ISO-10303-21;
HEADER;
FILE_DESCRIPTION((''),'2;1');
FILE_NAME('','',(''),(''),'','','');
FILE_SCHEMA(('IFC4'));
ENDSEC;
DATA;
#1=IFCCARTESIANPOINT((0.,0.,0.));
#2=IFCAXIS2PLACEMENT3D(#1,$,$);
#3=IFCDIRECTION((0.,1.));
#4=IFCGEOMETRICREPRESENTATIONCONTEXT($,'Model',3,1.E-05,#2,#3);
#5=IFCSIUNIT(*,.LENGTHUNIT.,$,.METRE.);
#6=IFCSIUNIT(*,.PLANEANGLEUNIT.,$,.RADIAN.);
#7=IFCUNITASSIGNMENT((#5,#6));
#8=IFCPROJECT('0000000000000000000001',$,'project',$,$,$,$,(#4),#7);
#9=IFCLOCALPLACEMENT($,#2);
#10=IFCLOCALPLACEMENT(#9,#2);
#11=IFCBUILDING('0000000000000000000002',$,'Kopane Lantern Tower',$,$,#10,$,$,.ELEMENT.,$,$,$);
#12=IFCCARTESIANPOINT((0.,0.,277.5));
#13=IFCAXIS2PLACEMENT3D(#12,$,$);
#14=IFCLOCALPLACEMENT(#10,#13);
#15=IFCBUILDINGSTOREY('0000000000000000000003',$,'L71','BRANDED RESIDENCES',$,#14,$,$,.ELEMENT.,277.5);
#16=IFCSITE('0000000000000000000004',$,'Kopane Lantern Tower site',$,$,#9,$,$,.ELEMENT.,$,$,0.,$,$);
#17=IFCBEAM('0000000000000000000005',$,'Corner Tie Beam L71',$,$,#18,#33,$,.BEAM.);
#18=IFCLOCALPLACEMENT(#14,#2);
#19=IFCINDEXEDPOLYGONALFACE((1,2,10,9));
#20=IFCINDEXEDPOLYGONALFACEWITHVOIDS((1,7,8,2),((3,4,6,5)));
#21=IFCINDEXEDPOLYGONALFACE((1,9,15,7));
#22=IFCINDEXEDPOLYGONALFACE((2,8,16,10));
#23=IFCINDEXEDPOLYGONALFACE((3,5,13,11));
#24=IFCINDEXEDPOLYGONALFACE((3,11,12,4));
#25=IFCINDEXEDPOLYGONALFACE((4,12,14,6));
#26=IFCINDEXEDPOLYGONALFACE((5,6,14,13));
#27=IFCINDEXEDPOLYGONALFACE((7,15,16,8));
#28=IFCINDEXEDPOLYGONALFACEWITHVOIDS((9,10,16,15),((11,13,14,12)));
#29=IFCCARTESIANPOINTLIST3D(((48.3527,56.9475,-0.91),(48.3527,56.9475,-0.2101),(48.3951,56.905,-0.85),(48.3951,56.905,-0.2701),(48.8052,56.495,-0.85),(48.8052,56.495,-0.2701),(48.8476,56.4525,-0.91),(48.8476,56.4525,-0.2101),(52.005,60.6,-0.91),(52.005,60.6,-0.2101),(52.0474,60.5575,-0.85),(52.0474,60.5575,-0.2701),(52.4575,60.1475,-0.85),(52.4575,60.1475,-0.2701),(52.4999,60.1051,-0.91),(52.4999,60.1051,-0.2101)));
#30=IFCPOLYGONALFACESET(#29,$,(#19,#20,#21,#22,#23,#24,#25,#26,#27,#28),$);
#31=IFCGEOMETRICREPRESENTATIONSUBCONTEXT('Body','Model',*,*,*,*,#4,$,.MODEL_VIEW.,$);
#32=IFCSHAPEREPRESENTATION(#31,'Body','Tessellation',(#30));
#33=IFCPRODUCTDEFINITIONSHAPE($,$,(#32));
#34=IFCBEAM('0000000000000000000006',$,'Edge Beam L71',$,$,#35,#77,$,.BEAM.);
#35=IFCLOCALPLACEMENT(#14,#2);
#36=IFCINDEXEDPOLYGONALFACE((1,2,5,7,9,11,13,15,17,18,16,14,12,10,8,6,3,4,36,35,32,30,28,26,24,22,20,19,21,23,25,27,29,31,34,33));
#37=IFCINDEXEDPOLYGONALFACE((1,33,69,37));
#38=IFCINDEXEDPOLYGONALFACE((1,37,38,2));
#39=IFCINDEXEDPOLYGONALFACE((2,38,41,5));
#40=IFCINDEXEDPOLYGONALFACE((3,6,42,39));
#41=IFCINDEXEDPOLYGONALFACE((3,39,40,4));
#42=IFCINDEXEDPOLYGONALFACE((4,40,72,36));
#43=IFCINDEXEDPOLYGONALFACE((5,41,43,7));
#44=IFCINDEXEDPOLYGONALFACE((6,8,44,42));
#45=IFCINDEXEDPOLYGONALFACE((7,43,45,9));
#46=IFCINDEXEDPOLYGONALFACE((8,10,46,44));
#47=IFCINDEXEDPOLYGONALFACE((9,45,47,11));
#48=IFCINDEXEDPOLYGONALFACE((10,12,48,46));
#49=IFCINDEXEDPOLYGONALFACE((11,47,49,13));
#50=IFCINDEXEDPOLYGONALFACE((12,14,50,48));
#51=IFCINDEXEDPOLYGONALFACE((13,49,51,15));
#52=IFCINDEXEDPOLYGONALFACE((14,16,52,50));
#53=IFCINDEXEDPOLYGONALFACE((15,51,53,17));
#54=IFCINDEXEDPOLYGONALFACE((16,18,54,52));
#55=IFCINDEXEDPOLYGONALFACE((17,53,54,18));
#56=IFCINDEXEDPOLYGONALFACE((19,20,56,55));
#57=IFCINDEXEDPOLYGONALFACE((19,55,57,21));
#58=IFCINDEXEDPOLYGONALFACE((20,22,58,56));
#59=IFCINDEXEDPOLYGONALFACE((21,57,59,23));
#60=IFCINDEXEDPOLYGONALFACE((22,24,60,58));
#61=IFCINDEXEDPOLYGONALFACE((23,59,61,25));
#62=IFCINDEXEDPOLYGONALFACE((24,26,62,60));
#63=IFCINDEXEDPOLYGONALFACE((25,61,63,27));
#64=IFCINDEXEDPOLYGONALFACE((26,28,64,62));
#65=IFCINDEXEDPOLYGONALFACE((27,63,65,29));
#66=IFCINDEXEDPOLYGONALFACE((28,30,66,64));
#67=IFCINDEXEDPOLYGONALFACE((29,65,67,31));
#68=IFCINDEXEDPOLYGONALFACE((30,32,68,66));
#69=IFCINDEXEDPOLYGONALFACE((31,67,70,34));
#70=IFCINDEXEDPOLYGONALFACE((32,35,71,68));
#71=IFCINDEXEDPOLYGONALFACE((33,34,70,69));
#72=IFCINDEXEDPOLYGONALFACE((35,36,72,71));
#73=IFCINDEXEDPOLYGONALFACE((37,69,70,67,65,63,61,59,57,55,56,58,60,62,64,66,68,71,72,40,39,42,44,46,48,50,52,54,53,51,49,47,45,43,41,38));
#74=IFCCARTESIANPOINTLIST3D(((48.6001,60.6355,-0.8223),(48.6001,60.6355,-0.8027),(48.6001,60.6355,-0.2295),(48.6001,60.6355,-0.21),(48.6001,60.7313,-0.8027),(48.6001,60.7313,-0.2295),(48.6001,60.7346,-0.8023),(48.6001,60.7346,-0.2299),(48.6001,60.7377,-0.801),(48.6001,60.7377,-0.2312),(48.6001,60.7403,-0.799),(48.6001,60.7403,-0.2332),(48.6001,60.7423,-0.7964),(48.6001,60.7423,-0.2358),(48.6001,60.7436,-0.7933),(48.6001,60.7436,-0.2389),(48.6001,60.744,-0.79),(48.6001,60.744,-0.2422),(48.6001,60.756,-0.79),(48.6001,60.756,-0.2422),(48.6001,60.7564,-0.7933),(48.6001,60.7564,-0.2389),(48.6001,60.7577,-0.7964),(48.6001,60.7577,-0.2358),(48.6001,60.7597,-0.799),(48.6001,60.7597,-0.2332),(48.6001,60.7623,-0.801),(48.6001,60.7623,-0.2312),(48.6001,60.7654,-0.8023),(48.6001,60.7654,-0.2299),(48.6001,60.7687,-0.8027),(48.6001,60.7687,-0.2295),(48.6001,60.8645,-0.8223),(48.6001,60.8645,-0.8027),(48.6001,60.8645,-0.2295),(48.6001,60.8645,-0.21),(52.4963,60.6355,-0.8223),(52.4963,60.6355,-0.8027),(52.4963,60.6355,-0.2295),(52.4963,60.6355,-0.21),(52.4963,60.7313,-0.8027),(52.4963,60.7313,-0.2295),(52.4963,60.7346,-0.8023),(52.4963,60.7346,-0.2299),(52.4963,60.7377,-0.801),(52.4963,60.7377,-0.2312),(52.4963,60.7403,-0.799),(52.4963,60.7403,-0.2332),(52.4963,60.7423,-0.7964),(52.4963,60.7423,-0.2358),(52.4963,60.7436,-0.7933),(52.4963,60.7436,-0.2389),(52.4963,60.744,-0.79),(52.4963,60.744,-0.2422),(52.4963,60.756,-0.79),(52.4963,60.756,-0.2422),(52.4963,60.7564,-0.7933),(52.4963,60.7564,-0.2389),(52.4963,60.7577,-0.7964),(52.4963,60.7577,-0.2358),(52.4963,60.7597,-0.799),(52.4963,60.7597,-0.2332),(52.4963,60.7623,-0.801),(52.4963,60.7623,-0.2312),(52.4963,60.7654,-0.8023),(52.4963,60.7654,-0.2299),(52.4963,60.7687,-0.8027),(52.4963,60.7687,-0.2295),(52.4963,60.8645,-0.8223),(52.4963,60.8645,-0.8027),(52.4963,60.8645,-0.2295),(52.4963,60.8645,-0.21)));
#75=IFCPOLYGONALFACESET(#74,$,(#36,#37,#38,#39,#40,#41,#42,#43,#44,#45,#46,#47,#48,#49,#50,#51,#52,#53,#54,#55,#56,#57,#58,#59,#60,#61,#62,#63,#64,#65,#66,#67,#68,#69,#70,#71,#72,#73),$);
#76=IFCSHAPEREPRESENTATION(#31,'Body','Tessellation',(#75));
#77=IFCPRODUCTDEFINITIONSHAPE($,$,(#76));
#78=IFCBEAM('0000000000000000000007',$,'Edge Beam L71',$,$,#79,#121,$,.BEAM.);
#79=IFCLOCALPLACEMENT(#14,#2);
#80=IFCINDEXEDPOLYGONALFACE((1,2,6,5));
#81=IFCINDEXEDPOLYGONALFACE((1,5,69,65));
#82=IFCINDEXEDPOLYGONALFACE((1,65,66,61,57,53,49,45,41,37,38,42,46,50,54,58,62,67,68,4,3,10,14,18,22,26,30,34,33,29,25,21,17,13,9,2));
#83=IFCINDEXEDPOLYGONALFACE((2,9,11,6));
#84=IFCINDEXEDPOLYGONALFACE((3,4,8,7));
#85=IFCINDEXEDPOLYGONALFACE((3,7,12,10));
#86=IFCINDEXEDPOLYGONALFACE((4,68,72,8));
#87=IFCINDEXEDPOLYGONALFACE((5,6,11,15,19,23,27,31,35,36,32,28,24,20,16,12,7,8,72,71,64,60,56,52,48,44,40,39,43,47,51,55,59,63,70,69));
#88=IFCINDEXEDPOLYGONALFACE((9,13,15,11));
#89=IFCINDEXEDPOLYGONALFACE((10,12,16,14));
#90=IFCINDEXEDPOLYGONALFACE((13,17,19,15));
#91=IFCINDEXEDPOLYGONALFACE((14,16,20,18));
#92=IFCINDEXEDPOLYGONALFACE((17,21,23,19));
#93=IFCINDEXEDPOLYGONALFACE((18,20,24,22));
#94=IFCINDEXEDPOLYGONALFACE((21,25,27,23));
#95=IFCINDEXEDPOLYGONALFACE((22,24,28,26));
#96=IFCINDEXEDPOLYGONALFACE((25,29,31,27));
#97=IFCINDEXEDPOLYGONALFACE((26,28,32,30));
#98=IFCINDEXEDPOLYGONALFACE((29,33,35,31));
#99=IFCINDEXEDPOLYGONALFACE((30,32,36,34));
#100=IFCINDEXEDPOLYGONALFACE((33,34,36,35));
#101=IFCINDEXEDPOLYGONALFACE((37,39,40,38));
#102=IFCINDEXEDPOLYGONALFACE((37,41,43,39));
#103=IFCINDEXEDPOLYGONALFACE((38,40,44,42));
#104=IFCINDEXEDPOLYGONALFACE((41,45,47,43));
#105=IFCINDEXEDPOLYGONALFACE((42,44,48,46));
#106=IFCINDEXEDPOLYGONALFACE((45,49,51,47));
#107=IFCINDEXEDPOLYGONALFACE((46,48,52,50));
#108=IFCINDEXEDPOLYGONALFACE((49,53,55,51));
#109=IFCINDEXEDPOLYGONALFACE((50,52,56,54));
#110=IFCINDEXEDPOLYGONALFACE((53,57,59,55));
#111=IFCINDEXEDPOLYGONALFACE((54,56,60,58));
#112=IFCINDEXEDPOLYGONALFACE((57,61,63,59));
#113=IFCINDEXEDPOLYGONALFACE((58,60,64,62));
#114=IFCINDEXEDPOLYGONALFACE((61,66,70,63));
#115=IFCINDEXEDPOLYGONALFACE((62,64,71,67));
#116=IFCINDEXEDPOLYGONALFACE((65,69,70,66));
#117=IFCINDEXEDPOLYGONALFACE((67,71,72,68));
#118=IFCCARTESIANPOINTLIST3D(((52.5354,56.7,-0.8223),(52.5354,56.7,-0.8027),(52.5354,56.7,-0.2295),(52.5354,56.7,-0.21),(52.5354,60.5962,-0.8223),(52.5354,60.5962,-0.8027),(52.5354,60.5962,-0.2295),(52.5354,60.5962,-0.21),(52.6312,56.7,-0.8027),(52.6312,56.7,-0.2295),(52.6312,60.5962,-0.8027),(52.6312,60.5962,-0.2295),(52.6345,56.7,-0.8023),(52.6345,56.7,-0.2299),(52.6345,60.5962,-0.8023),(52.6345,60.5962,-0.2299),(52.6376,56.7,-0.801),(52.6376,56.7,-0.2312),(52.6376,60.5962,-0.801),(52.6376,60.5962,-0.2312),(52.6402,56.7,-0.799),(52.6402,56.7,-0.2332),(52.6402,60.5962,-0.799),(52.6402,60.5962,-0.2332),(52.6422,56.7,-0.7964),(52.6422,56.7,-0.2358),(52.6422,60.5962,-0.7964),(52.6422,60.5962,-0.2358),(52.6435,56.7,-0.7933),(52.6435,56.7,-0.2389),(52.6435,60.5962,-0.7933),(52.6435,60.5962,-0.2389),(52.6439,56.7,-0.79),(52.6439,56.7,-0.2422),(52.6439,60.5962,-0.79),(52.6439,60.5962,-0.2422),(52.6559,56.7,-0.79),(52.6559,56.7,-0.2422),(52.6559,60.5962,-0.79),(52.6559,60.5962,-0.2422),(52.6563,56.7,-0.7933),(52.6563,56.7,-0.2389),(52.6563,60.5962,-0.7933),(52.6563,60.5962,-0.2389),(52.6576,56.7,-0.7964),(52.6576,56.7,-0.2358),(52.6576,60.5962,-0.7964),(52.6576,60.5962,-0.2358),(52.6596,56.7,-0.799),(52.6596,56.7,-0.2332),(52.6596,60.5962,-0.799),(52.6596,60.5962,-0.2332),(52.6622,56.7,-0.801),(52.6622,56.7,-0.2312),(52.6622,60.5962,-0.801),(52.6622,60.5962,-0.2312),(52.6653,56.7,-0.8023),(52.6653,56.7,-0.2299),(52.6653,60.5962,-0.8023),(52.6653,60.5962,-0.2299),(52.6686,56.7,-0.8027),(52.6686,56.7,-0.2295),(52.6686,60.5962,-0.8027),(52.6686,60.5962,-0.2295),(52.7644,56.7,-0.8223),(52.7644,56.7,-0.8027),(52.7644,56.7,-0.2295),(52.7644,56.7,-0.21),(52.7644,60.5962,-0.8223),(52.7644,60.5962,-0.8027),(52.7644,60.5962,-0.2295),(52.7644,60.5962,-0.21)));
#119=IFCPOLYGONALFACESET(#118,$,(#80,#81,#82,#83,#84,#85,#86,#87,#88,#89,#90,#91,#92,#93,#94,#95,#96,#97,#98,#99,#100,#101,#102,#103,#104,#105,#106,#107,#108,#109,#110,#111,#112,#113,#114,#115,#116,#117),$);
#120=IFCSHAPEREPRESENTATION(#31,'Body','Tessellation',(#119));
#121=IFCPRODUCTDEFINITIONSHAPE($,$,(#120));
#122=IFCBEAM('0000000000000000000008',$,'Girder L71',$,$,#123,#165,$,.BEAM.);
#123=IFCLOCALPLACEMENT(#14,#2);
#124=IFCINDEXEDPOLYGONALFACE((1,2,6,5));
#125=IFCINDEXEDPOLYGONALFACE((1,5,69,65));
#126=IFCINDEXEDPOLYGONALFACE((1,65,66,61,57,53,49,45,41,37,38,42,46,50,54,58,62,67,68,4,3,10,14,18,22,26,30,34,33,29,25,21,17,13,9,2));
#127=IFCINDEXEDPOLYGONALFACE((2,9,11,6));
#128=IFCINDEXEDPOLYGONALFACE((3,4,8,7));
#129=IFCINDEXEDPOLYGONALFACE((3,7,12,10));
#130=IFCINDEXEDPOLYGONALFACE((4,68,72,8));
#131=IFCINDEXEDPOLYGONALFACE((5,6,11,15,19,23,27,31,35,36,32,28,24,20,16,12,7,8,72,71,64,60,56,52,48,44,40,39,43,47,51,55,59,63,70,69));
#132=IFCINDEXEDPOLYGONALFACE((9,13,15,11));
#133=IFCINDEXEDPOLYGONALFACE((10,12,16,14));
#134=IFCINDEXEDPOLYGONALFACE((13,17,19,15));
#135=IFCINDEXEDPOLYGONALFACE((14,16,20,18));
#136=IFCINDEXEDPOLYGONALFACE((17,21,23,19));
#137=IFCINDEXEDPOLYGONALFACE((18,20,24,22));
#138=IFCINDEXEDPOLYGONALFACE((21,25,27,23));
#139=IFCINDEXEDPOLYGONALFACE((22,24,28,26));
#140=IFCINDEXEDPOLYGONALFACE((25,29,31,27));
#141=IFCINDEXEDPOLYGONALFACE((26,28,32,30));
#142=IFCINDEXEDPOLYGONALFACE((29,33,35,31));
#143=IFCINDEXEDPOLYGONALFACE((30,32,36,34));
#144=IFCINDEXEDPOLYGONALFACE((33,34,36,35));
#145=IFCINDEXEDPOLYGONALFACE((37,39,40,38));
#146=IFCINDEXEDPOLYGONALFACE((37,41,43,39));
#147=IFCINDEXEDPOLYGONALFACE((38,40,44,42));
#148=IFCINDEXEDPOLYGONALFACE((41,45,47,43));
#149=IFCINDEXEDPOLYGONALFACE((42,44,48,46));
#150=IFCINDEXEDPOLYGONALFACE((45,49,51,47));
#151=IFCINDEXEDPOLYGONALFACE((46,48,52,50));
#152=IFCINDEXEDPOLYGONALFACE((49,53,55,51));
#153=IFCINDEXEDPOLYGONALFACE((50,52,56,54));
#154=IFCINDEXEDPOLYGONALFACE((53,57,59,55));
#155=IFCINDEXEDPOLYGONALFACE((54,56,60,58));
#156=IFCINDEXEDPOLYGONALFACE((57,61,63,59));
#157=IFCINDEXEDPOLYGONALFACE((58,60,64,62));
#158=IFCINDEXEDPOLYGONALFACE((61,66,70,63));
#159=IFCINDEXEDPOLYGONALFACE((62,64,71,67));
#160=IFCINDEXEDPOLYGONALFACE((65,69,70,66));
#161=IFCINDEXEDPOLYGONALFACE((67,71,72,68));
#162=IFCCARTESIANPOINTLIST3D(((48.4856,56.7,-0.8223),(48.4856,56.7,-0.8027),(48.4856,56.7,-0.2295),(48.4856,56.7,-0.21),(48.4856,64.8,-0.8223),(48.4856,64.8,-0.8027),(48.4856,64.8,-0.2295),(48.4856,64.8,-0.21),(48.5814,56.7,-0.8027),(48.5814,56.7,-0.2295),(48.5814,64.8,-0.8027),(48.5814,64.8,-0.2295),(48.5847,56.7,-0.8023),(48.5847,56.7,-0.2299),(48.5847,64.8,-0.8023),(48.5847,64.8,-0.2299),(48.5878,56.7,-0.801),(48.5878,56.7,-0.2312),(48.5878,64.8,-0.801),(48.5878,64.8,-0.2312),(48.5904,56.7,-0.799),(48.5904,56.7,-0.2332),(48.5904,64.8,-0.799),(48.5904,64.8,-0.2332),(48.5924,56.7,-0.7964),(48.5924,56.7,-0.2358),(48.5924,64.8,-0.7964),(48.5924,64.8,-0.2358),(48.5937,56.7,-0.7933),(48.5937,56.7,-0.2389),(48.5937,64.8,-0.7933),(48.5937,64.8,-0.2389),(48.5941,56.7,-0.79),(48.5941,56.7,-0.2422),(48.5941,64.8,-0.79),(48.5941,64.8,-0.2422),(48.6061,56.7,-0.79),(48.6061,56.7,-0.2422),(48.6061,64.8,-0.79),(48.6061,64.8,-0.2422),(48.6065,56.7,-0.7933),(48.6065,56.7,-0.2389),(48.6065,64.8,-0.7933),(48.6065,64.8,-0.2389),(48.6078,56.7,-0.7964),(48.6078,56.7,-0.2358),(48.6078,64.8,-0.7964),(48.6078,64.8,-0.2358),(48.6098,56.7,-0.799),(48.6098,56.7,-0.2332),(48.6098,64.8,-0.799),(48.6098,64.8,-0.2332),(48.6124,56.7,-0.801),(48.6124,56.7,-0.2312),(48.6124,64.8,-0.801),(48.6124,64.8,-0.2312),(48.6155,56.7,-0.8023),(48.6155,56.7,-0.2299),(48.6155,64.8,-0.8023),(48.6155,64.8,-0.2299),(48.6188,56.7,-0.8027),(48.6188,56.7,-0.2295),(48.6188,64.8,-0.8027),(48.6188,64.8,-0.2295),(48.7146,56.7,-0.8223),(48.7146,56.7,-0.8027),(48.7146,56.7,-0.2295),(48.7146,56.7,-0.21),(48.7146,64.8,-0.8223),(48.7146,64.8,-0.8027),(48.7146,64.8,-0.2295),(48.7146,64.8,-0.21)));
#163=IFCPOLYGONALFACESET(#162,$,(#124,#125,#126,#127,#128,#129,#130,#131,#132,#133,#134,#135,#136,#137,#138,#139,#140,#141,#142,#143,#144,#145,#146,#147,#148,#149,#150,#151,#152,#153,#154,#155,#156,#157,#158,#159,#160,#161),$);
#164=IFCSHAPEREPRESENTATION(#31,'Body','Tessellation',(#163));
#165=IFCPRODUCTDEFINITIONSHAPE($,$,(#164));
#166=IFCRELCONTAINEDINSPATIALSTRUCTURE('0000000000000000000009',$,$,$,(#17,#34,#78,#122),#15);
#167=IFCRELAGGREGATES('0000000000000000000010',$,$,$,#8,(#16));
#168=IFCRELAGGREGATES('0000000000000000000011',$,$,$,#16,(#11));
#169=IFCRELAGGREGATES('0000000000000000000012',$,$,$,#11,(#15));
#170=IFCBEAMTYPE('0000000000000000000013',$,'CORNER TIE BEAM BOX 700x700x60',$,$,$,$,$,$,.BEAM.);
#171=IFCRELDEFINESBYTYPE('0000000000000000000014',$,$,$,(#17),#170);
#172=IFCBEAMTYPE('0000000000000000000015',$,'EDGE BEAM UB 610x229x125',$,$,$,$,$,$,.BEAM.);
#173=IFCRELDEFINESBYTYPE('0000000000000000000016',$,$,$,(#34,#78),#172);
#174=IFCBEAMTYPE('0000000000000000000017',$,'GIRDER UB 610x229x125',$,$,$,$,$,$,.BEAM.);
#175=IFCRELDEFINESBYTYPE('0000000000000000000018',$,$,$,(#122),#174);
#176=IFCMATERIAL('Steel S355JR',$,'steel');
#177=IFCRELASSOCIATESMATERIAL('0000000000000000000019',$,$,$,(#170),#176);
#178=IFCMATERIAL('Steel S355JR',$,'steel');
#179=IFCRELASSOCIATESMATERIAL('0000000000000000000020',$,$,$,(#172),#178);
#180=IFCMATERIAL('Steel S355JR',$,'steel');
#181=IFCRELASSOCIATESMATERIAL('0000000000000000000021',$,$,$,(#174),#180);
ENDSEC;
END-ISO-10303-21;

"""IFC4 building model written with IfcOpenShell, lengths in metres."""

from ifc_helpers import new_model, si_unit, direction, frame, origin, origin_2d, place, context, subcontext, project, spatial, hollow_rectangle, i_section, extrude, material, material_profile, profile_set, type_object, element, save


model = new_model("IFC4")

# Units and contexts
model_context = context("Model", 3, precision=1e-05, world=origin(), true_north=direction((0.0, 1.0)))
body_context = subcontext(model_context, "Body", "Model", "MODEL_VIEW")
ifc_project = project(units=[si_unit("LENGTHUNIT", "METRE"), si_unit("PLANEANGLEUNIT", "RADIAN")], contexts=[model_context])

# Site, building, storey
site_placement = place(None, origin())
site = spatial("IfcSite", under=ifc_project, at=site_placement, Name="Kopane Lantern Tower site", CompositionType="ELEMENT", RefElevation=0.0)
building_placement = place(site_placement, origin())
building = spatial("IfcBuilding", under=site, at=building_placement, Name="Kopane Lantern Tower", CompositionType="ELEMENT")
storey_placement = place(building_placement, frame((0.0, 0.0, 277.5)))
storey = spatial("IfcBuildingStorey", under=building, at=storey_placement, Name="L71", Description="BRANDED RESIDENCES", CompositionType="ELEMENT", Elevation=277.5)

# Beams
ifc_material_1 = material(Name="Steel S355JR", Category="steel")
ifc_material_profile_1 = material_profile(ifc_material_1, hollow_rectangle(XDim=0.7, YDim=0.7, WallThickness=0.0601, at=origin_2d()), Name="BOX 700x700x60")
ifc_profile_set_1 = profile_set([ifc_material_profile_1], Name="Steel S355JR")
beam_type_1 = type_object("IfcBeamType", Name="CORNER TIE BEAM BOX 700x700x60", PredefinedType="BEAM", material=ifc_profile_set_1)
beam_1_placement = place(storey_placement, frame((52.2524, 60.3525, -0.5601), z_axis=(-0.707083, -0.70713, 0.0), x_axis=(0.70713, -0.707083, 0.0)))
element("IfcBeam", 1, at=beam_1_placement, inside=storey, type_object=beam_type_1, Name="Corner Tie Beam L71", PredefinedType="BEAM", context=body_context, shape_type="SweptSolid", body=[
    extrude(hollow_rectangle(XDim=0.7, YDim=0.7, WallThickness=0.0601, at=origin_2d()), origin(), (0.0, 0.0, 1.0), 5.1653),
])
ifc_material_2 = material(Name="Steel S355JR", Category="steel")
ifc_material_profile_2 = material_profile(ifc_material_2, i_section(OverallWidth=0.229, OverallDepth=0.6123, WebThickness=0.012, FlangeThickness=0.0195, FilletRadius=0.0127, at=origin_2d()), Name="UB 610x229x125")
ifc_profile_set_2 = profile_set([ifc_material_profile_2], Name="Steel S355JR")
beam_type_2 = type_object("IfcBeamType", Name="EDGE BEAM UB 610x229x125", PredefinedType="BEAM", material=ifc_profile_set_2)
for number, where, z_axis, x_axis, name in (
    (2, (52.4963, 60.75, -0.5161), (-1.0, 0.0, 0.0), (0.0, -1.0, 0.0), "Edge Beam L71"),
    (3, (52.6499, 60.5962, -0.5161), (0.0, -1.0, 0.0), (1.0, 0.0, 0.0), "Edge Beam L71"),
):
    element("IfcBeam", number, at=place(storey_placement, frame(where, z_axis=z_axis, x_axis=x_axis)), inside=storey, type_object=beam_type_2, Name=name, PredefinedType="BEAM", context=body_context, shape_type="SweptSolid", body=[
        extrude(i_section(OverallWidth=0.229, OverallDepth=0.6123, WebThickness=0.012, FlangeThickness=0.0195, FilletRadius=0.0127, at=origin_2d()), origin(), (0.0, 0.0, 1.0), 3.8962),
    ])
ifc_material_3 = material(Name="Steel S355JR", Category="steel")
ifc_material_profile_3 = material_profile(ifc_material_3, i_section(OverallWidth=0.229, OverallDepth=0.6123, WebThickness=0.012, FlangeThickness=0.0195, FilletRadius=0.0127, at=origin_2d()), Name="UB 610x229x125")
ifc_profile_set_3 = profile_set([ifc_material_profile_3], Name="Steel S355JR")
beam_type_3 = type_object("IfcBeamType", Name="GIRDER UB 610x229x125", PredefinedType="BEAM", material=ifc_profile_set_3)
beam_2_placement = place(storey_placement, frame((48.6001, 56.7, -0.5161), z_axis=(0.0, 1.0, 0.0), x_axis=(-1.0, 0.0, 0.0)))
element("IfcBeam", 4, at=beam_2_placement, inside=storey, type_object=beam_type_3, Name="Girder L71", PredefinedType="BEAM", context=body_context, shape_type="SweptSolid", body=[
    extrude(i_section(OverallWidth=0.229, OverallDepth=0.6123, WebThickness=0.012, FlangeThickness=0.0195, FilletRadius=0.0127, at=origin_2d()), origin(), (0.0, 0.0, 1.0), 8.1001),
])

save(model, "model.ifc")
